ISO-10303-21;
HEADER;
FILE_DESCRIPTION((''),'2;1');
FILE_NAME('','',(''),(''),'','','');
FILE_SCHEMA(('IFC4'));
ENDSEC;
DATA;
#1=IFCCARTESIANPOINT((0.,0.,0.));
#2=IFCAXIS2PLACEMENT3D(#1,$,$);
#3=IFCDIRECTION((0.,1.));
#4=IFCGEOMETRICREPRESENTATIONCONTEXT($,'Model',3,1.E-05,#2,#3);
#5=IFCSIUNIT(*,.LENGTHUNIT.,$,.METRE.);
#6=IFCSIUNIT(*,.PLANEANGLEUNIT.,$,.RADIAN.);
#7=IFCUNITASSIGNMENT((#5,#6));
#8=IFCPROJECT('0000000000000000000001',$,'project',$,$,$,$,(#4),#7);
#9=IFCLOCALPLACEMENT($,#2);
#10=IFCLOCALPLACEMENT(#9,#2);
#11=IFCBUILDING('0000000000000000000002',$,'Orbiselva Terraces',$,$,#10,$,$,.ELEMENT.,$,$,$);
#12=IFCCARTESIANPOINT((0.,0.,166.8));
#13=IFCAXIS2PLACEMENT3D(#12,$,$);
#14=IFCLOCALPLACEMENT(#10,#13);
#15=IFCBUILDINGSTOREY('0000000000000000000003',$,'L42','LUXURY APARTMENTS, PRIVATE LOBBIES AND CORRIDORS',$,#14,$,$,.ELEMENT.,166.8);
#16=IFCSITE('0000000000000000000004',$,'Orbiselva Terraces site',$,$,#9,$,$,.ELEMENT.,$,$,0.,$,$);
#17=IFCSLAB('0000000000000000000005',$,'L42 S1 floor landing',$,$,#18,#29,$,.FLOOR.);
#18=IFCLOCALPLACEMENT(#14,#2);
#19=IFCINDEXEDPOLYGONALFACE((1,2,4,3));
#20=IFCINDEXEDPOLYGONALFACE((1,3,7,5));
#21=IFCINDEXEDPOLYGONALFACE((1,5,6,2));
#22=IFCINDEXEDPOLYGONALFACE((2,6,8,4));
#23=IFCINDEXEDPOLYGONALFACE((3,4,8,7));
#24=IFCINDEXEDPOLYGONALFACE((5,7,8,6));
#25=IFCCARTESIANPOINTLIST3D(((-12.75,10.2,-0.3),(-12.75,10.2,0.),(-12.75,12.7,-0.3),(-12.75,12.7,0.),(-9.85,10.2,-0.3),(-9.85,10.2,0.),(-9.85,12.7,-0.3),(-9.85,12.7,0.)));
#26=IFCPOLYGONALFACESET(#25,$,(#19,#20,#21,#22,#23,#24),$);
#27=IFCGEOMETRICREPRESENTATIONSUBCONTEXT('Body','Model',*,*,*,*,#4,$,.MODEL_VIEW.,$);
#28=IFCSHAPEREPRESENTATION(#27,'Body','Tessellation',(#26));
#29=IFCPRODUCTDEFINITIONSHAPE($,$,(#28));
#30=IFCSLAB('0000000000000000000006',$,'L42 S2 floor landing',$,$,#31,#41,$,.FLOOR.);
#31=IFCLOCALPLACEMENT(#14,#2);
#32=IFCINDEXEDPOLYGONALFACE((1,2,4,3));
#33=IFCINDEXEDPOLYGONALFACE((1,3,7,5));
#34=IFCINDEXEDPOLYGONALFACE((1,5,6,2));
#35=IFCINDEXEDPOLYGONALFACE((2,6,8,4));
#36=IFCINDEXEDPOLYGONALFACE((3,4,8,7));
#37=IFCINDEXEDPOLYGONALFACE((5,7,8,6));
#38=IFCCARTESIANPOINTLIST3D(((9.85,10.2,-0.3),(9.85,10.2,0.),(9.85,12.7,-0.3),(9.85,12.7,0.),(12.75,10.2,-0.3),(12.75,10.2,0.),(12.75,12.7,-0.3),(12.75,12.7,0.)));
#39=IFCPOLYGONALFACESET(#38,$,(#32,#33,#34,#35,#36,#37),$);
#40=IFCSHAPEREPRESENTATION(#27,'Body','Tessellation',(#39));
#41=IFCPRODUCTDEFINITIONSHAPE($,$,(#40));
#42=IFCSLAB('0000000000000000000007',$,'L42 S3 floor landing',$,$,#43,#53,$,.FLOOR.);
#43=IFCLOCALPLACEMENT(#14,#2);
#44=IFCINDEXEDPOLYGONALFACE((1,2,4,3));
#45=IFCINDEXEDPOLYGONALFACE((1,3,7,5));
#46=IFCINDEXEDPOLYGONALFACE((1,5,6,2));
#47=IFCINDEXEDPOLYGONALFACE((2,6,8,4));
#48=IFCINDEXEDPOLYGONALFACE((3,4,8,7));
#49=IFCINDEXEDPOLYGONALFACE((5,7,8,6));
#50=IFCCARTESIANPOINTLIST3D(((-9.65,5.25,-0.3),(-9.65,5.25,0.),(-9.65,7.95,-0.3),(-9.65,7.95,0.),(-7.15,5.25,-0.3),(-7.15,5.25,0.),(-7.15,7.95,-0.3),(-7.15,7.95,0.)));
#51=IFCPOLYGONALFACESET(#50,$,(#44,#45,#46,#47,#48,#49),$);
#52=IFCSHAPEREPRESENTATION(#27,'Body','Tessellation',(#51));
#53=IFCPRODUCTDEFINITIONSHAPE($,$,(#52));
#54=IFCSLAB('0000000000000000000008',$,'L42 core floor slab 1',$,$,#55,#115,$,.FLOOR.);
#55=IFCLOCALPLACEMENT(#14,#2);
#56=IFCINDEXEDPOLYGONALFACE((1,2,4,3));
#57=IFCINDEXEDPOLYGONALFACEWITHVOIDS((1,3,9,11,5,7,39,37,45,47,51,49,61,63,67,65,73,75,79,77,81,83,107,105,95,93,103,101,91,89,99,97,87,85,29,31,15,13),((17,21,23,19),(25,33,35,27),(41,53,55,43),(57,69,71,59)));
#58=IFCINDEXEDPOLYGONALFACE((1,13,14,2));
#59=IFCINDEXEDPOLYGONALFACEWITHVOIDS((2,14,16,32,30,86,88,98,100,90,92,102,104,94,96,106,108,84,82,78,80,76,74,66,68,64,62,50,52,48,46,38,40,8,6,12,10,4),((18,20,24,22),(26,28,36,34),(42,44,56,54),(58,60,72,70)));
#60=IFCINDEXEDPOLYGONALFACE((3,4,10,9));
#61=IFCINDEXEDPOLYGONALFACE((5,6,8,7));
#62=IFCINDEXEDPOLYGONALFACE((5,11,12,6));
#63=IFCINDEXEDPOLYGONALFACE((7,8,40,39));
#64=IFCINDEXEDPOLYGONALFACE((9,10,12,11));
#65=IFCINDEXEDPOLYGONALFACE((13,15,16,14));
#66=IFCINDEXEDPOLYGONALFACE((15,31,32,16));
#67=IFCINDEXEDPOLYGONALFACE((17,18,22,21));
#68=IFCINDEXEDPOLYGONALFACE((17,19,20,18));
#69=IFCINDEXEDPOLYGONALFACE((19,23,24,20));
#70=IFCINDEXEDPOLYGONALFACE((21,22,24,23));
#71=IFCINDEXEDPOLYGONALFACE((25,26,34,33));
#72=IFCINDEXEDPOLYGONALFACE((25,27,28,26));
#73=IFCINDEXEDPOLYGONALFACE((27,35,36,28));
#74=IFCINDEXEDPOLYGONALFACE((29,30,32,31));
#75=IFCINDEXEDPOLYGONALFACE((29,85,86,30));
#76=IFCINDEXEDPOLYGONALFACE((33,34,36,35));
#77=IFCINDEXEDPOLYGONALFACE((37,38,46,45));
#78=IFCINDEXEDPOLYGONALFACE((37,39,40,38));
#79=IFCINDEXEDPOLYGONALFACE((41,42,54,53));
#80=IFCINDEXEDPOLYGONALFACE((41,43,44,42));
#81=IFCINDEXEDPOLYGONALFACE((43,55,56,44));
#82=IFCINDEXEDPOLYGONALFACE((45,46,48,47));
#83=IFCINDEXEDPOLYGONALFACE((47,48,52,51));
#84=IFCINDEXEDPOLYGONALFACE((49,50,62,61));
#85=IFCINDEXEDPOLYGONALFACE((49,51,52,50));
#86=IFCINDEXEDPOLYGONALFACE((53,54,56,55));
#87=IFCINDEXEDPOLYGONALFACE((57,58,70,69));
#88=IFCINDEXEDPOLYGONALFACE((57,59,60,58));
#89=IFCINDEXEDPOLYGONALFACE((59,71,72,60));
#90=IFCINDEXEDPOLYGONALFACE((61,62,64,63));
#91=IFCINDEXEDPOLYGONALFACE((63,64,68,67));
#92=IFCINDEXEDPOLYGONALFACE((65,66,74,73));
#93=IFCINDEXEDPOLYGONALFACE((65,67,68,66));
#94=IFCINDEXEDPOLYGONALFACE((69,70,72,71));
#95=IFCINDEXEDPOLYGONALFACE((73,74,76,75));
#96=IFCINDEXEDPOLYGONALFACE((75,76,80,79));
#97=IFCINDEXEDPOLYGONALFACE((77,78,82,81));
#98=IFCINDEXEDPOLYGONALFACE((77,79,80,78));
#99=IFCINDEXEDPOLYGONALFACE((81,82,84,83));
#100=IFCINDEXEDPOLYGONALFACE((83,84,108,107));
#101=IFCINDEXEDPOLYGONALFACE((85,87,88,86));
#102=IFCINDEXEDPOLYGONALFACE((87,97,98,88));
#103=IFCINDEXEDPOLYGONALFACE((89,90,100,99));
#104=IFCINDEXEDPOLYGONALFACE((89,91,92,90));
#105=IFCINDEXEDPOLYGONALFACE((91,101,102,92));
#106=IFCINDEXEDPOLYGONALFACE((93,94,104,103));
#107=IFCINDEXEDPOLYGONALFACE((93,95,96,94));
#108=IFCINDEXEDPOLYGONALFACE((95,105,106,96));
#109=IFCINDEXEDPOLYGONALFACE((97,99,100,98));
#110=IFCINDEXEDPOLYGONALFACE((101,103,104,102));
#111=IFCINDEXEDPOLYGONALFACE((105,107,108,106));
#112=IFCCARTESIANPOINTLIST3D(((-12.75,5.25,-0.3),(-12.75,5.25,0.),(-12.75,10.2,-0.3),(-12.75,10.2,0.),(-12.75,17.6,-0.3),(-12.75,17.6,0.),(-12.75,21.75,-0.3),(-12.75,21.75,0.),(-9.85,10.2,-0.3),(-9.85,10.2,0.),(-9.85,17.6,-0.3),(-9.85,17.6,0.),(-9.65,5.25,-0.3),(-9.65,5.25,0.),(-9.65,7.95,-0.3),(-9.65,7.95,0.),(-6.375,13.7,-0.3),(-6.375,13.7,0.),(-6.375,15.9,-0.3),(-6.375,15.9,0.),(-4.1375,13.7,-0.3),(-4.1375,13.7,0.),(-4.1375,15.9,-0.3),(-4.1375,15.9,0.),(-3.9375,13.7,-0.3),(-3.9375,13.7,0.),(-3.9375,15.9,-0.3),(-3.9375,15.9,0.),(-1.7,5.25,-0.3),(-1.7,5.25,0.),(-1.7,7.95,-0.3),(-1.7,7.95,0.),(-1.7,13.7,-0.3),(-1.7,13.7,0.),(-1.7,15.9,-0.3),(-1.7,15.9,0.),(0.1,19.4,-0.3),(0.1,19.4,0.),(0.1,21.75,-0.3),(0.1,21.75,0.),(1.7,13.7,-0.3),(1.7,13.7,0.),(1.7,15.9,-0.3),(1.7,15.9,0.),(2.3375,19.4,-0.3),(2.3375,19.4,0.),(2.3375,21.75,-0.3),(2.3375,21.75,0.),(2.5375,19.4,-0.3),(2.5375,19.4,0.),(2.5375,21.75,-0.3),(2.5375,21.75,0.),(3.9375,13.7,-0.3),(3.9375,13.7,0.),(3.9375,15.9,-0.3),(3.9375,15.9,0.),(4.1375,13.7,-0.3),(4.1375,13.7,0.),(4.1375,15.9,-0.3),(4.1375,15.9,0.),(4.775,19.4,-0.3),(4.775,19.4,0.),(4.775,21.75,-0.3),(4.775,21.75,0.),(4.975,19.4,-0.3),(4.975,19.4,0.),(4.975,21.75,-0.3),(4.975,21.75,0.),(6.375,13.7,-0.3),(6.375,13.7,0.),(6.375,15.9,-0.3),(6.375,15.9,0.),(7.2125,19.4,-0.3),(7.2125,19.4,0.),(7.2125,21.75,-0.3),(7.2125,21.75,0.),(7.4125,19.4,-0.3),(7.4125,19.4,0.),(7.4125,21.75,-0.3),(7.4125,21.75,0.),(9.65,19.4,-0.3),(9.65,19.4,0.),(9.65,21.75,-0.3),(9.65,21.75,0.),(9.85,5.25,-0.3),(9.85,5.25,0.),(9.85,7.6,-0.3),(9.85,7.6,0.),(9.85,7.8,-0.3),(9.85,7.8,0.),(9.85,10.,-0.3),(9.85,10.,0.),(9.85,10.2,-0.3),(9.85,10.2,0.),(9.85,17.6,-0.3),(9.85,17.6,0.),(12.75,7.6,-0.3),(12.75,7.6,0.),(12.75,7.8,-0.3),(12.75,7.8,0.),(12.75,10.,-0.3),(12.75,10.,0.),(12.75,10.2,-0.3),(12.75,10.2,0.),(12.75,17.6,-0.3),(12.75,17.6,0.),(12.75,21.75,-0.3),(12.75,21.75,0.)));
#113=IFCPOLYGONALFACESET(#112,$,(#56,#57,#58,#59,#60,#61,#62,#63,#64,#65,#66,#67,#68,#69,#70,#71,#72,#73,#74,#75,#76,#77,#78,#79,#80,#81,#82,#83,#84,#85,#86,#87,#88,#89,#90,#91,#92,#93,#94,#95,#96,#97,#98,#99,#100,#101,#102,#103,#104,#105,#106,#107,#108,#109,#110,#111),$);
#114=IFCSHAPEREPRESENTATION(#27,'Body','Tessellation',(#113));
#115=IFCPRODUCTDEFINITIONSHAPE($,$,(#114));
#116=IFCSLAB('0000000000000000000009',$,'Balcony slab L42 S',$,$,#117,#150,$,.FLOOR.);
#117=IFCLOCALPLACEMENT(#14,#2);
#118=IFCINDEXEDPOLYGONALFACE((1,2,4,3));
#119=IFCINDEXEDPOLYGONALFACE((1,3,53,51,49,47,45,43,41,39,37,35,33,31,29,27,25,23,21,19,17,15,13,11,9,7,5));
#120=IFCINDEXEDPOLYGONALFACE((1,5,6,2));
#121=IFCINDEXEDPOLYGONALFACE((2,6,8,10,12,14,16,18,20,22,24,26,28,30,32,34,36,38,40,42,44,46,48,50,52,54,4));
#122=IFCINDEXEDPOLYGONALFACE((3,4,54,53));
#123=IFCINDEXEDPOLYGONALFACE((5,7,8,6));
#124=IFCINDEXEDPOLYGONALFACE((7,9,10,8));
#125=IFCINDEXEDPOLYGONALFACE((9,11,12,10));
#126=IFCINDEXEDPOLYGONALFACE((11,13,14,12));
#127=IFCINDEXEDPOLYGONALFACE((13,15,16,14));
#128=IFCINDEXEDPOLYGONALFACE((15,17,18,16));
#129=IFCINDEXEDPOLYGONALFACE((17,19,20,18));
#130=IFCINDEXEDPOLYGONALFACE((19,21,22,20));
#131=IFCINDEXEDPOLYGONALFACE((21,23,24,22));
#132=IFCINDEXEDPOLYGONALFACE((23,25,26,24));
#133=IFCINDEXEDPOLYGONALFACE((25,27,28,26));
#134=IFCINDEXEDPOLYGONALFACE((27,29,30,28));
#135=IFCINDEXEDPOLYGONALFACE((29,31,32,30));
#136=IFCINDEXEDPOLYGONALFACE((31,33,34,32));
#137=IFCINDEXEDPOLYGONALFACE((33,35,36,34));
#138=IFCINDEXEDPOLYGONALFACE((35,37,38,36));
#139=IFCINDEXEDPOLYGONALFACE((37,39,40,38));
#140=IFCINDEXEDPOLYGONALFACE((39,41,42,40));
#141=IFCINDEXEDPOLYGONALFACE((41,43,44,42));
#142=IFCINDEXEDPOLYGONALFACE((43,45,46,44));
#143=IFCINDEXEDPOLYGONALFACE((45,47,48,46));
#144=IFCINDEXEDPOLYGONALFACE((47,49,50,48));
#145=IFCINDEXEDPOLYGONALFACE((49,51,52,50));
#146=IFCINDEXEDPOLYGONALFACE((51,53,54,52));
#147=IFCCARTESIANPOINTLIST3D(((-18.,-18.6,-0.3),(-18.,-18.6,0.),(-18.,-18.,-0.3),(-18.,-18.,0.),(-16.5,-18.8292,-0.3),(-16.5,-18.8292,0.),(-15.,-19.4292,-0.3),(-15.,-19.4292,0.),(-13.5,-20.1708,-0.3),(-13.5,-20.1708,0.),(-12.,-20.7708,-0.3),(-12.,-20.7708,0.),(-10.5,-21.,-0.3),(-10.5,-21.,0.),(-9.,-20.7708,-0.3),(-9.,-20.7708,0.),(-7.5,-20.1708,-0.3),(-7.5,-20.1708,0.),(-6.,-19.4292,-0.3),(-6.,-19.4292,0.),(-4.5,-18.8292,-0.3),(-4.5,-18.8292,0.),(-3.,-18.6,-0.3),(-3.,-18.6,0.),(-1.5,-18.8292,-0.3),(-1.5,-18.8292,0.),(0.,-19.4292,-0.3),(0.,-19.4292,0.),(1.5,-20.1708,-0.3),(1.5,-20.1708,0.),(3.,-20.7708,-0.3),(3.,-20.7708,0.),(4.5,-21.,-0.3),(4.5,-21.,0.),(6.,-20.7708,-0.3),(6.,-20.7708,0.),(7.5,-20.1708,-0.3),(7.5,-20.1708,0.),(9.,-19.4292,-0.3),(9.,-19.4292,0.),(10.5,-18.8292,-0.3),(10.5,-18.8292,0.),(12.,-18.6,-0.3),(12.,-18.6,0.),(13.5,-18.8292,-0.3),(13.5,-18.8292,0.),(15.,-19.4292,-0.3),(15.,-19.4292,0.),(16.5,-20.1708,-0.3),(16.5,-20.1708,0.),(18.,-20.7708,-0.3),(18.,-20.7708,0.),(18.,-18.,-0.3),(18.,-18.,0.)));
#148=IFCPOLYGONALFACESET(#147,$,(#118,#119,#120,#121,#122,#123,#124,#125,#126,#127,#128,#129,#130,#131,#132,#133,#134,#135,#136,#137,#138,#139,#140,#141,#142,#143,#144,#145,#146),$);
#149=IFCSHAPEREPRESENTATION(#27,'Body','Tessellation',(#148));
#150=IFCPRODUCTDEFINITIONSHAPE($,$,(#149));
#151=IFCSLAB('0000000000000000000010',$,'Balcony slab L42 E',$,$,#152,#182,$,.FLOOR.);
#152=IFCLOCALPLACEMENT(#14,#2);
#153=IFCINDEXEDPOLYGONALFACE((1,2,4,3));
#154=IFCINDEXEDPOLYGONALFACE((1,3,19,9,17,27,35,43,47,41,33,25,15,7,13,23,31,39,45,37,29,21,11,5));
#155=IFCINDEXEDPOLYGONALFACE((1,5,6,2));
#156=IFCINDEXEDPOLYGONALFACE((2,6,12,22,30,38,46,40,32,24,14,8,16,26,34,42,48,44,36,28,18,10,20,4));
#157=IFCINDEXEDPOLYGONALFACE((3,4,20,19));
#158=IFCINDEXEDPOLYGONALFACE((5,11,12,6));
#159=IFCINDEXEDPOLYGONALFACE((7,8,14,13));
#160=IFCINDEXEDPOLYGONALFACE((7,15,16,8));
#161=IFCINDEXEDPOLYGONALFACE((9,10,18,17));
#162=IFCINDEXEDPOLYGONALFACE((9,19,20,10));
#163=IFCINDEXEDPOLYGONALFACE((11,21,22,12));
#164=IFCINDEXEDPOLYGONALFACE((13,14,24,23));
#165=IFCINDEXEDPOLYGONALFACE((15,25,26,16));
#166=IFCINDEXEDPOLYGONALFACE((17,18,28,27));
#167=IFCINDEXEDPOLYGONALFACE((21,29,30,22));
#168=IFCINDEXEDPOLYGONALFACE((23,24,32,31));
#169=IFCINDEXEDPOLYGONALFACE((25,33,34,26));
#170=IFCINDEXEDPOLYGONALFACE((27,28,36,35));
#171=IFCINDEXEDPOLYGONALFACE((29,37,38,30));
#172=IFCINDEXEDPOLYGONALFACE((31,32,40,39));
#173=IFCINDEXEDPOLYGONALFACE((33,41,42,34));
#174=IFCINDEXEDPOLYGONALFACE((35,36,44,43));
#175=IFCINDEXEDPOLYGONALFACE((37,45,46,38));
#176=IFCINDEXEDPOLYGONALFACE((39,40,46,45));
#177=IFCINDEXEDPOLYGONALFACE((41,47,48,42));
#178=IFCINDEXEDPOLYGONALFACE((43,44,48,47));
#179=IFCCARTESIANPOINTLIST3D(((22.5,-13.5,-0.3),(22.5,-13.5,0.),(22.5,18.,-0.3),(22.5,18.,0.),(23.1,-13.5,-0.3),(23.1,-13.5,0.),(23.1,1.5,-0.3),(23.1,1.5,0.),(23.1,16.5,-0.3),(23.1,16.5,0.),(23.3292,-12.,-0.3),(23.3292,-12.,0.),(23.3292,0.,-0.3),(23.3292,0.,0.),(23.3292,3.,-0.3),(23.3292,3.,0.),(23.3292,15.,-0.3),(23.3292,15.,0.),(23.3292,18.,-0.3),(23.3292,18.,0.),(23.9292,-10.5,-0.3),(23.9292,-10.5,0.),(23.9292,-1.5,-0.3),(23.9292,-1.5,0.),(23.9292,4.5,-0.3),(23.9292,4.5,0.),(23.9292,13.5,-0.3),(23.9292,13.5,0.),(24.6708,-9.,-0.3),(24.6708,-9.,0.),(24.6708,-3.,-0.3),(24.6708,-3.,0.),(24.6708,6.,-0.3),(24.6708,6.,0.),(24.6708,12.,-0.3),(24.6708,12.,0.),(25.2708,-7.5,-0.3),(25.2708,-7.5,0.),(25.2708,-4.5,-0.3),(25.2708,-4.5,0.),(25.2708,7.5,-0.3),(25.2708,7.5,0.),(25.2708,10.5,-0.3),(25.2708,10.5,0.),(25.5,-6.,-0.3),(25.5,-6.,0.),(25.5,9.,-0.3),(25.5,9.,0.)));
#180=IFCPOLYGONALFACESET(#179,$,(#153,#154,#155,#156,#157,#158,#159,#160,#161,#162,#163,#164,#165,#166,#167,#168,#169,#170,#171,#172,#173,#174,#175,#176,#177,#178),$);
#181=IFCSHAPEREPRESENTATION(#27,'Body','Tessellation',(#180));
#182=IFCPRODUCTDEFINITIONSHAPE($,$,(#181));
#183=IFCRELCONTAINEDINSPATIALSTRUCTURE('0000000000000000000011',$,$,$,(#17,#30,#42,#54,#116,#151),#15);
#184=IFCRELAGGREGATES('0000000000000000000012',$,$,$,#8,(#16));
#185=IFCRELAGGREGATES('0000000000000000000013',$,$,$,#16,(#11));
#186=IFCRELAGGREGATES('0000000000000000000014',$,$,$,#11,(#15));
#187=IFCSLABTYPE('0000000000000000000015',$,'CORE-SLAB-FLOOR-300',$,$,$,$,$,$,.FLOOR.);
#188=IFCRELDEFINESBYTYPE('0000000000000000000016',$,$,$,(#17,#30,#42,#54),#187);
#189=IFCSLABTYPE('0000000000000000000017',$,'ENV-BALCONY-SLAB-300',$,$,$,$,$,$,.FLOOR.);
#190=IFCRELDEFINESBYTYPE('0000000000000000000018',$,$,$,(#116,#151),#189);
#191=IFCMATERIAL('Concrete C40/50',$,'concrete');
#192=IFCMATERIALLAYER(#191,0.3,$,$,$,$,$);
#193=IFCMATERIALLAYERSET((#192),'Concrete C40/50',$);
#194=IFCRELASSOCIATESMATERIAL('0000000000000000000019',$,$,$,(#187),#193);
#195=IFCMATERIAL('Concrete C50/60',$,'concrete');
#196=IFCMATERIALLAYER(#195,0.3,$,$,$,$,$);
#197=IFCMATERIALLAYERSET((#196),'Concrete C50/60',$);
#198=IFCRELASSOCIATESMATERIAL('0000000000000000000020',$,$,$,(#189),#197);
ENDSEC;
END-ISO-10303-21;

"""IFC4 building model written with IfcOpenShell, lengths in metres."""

from ifc_helpers import new_model, si_unit, direction, frame, origin, place, context, subcontext, project, spatial, polyline, outline, extrude, material, layer, layer_set, type_object, element, save


model = new_model("IFC4")

# Units and contexts
model_context = context("Model", 3, precision=1e-05, world=origin(), true_north=direction((0.0, 1.0)))
body_context = subcontext(model_context, "Body", "Model", "MODEL_VIEW")
ifc_project = project(units=[si_unit("LENGTHUNIT", "METRE"), si_unit("PLANEANGLEUNIT", "RADIAN")], contexts=[model_context])

# Site, building, storey
site_placement = place(None, origin())
site = spatial("IfcSite", under=ifc_project, at=site_placement, Name="Orbiselva Terraces site", CompositionType="ELEMENT", RefElevation=0.0)
building_placement = place(site_placement, origin())
building = spatial("IfcBuilding", under=site, at=building_placement, Name="Orbiselva Terraces", CompositionType="ELEMENT")
storey_placement = place(building_placement, frame((0.0, 0.0, 166.8)))
storey = spatial("IfcBuildingStorey", under=building, at=storey_placement, Name="L42", Description="LUXURY APARTMENTS, PRIVATE LOBBIES AND CORRIDORS", CompositionType="ELEMENT", Elevation=166.8)

# Slabs
ifc_material_1 = material(Name="Concrete C40/50", Category="concrete")
ifc_layer_1 = layer(ifc_material_1, 0.3)
ifc_layer_set_1 = layer_set([ifc_layer_1], Name="Concrete C40/50")
slab_type_1 = type_object("IfcSlabType", Name="CORE-SLAB-FLOOR-300", PredefinedType="FLOOR", material=ifc_layer_set_1)
slab_1_placement = place(storey_placement, frame((0.0, 0.0, -0.3)))
element("IfcSlab", 1, at=slab_1_placement, inside=storey, type_object=slab_type_1, Name="L42 S1 floor landing", PredefinedType="FLOOR", context=body_context, shape_type="SweptSolid", body=[
    extrude(outline(polyline([(-12.75, 12.7), (-9.85, 12.7), (-9.85, 10.2), (-12.75, 10.2), (-12.75, 12.7)])), origin(), (0.0, 0.0, 1.0), 0.3),
])
slab_2_placement = place(storey_placement, frame((0.0, 0.0, -0.3)))
element("IfcSlab", 2, at=slab_2_placement, inside=storey, type_object=slab_type_1, Name="L42 S2 floor landing", PredefinedType="FLOOR", context=body_context, shape_type="SweptSolid", body=[
    extrude(outline(polyline([(12.75, 12.7), (12.75, 10.2), (9.85, 10.2), (9.85, 12.7), (12.75, 12.7)])), origin(), (0.0, 0.0, 1.0), 0.3),
])
slab_3_placement = place(storey_placement, frame((0.0, 0.0, -0.3)))
element("IfcSlab", 3, at=slab_3_placement, inside=storey, type_object=slab_type_1, Name="L42 S3 floor landing", PredefinedType="FLOOR", context=body_context, shape_type="SweptSolid", body=[
    extrude(outline(polyline([(-7.15, 5.25), (-9.65, 5.25), (-9.65, 7.95), (-7.15, 7.95), (-7.15, 5.25)])), origin(), (0.0, 0.0, 1.0), 0.3),
])
slab_4_placement = place(storey_placement, frame((0.0, 0.0, -0.3)))
element("IfcSlab", 4, at=slab_4_placement, inside=storey, type_object=slab_type_1, Name="L42 core floor slab 1", PredefinedType="FLOOR", context=body_context, shape_type="SweptSolid", body=[
    extrude(outline(polyline([(-1.7, 5.25), (-1.7, 7.95), (-9.65, 7.95), (-9.65, 5.25), (-12.75, 5.25), (-12.75, 10.2), (-9.85, 10.2), (-9.85, 17.6), (-12.75, 17.6), (-12.75, 21.75), (0.1, 21.75), (0.1, 19.4), (2.3375, 19.4), (2.3375, 21.75), (2.5375, 21.75), (2.5375, 19.4), (4.775, 19.4), (4.775, 21.75), (4.975, 21.75), (4.975, 19.4), (7.2125, 19.4), (7.2125, 21.75), (7.4125, 21.75), (7.4125, 19.4), (9.65, 19.4), (9.65, 21.75), (12.75, 21.75), (12.75, 17.6), (9.85, 17.6), (9.85, 10.2), (12.75, 10.2), (12.75, 10.0), (9.85, 10.0), (9.85, 7.8), (12.75, 7.8), (12.75, 7.6), (9.85, 7.6), (9.85, 5.25), (-1.7, 5.25)]), holes=[polyline([(-4.1375, 13.7), (-4.1375, 15.9), (-6.375, 15.9), (-6.375, 13.7), (-4.1375, 13.7)]), polyline([(-1.7, 13.7), (-1.7, 15.9), (-3.9375, 15.9), (-3.9375, 13.7), (-1.7, 13.7)]), polyline([(3.9375, 15.9), (1.7, 15.9), (1.7, 13.7), (3.9375, 13.7), (3.9375, 15.9)]), polyline([(6.375, 13.7), (6.375, 15.9), (4.1375, 15.9), (4.1375, 13.7), (6.375, 13.7)])]), origin(), (0.0, 0.0, 1.0), 0.3),
])
ifc_material_2 = material(Name="Concrete C50/60", Category="concrete")
ifc_layer_2 = layer(ifc_material_2, 0.3)
ifc_layer_set_2 = layer_set([ifc_layer_2], Name="Concrete C50/60")
slab_type_2 = type_object("IfcSlabType", Name="ENV-BALCONY-SLAB-300", PredefinedType="FLOOR", material=ifc_layer_set_2)
slab_5_placement = place(storey_placement, frame((0.0, 0.0, -0.3)))
element("IfcSlab", 5, at=slab_5_placement, inside=storey, type_object=slab_type_2, Name="Balcony slab L42 S", PredefinedType="FLOOR", context=body_context, shape_type="SweptSolid", body=[
    extrude(outline(polyline([(-18.0, -18.6), (-16.5, -18.8292), (-15.0, -19.4292), (-13.5, -20.1708), (-12.0, -20.7708), (-10.5, -21.0), (-9.0, -20.7708), (-7.5, -20.1708), (-6.0, -19.4292), (-4.5, -18.8292), (-3.0, -18.6), (-1.5, -18.8292), (0.0, -19.4292), (1.5, -20.1708), (3.0, -20.7708), (4.5, -21.0), (6.0, -20.7708), (7.5, -20.1708), (9.0, -19.4292), (10.5, -18.8292), (12.0, -18.6), (13.5, -18.8292), (15.0, -19.4292), (16.5, -20.1708), (18.0, -20.7708), (18.0, -18.0), (-18.0, -18.0), (-18.0, -18.6)])), origin(), (0.0, 0.0, 1.0), 0.3),
])
slab_6_placement = place(storey_placement, frame((0.0, 0.0, -0.3)))
element("IfcSlab", 6, at=slab_6_placement, inside=storey, type_object=slab_type_2, Name="Balcony slab L42 E", PredefinedType="FLOOR", context=body_context, shape_type="SweptSolid", body=[
    extrude(outline(polyline([(23.1, -13.5), (23.3292, -12.0), (23.9292, -10.5), (24.6708, -9.0), (25.2708, -7.5), (25.5, -6.0), (25.2708, -4.5), (24.6708, -3.0), (23.9292, -1.5), (23.3292, 0.0), (23.1, 1.5), (23.3292, 3.0), (23.9292, 4.5), (24.6708, 6.0), (25.2708, 7.5), (25.5, 9.0), (25.2708, 10.5), (24.6708, 12.0), (23.9292, 13.5), (23.3292, 15.0), (23.1, 16.5), (23.3292, 18.0), (22.5, 18.0), (22.5, -13.5), (23.1, -13.5)])), origin(), (0.0, 0.0, 1.0), 0.3),
])

save(model, "model.ifc")
